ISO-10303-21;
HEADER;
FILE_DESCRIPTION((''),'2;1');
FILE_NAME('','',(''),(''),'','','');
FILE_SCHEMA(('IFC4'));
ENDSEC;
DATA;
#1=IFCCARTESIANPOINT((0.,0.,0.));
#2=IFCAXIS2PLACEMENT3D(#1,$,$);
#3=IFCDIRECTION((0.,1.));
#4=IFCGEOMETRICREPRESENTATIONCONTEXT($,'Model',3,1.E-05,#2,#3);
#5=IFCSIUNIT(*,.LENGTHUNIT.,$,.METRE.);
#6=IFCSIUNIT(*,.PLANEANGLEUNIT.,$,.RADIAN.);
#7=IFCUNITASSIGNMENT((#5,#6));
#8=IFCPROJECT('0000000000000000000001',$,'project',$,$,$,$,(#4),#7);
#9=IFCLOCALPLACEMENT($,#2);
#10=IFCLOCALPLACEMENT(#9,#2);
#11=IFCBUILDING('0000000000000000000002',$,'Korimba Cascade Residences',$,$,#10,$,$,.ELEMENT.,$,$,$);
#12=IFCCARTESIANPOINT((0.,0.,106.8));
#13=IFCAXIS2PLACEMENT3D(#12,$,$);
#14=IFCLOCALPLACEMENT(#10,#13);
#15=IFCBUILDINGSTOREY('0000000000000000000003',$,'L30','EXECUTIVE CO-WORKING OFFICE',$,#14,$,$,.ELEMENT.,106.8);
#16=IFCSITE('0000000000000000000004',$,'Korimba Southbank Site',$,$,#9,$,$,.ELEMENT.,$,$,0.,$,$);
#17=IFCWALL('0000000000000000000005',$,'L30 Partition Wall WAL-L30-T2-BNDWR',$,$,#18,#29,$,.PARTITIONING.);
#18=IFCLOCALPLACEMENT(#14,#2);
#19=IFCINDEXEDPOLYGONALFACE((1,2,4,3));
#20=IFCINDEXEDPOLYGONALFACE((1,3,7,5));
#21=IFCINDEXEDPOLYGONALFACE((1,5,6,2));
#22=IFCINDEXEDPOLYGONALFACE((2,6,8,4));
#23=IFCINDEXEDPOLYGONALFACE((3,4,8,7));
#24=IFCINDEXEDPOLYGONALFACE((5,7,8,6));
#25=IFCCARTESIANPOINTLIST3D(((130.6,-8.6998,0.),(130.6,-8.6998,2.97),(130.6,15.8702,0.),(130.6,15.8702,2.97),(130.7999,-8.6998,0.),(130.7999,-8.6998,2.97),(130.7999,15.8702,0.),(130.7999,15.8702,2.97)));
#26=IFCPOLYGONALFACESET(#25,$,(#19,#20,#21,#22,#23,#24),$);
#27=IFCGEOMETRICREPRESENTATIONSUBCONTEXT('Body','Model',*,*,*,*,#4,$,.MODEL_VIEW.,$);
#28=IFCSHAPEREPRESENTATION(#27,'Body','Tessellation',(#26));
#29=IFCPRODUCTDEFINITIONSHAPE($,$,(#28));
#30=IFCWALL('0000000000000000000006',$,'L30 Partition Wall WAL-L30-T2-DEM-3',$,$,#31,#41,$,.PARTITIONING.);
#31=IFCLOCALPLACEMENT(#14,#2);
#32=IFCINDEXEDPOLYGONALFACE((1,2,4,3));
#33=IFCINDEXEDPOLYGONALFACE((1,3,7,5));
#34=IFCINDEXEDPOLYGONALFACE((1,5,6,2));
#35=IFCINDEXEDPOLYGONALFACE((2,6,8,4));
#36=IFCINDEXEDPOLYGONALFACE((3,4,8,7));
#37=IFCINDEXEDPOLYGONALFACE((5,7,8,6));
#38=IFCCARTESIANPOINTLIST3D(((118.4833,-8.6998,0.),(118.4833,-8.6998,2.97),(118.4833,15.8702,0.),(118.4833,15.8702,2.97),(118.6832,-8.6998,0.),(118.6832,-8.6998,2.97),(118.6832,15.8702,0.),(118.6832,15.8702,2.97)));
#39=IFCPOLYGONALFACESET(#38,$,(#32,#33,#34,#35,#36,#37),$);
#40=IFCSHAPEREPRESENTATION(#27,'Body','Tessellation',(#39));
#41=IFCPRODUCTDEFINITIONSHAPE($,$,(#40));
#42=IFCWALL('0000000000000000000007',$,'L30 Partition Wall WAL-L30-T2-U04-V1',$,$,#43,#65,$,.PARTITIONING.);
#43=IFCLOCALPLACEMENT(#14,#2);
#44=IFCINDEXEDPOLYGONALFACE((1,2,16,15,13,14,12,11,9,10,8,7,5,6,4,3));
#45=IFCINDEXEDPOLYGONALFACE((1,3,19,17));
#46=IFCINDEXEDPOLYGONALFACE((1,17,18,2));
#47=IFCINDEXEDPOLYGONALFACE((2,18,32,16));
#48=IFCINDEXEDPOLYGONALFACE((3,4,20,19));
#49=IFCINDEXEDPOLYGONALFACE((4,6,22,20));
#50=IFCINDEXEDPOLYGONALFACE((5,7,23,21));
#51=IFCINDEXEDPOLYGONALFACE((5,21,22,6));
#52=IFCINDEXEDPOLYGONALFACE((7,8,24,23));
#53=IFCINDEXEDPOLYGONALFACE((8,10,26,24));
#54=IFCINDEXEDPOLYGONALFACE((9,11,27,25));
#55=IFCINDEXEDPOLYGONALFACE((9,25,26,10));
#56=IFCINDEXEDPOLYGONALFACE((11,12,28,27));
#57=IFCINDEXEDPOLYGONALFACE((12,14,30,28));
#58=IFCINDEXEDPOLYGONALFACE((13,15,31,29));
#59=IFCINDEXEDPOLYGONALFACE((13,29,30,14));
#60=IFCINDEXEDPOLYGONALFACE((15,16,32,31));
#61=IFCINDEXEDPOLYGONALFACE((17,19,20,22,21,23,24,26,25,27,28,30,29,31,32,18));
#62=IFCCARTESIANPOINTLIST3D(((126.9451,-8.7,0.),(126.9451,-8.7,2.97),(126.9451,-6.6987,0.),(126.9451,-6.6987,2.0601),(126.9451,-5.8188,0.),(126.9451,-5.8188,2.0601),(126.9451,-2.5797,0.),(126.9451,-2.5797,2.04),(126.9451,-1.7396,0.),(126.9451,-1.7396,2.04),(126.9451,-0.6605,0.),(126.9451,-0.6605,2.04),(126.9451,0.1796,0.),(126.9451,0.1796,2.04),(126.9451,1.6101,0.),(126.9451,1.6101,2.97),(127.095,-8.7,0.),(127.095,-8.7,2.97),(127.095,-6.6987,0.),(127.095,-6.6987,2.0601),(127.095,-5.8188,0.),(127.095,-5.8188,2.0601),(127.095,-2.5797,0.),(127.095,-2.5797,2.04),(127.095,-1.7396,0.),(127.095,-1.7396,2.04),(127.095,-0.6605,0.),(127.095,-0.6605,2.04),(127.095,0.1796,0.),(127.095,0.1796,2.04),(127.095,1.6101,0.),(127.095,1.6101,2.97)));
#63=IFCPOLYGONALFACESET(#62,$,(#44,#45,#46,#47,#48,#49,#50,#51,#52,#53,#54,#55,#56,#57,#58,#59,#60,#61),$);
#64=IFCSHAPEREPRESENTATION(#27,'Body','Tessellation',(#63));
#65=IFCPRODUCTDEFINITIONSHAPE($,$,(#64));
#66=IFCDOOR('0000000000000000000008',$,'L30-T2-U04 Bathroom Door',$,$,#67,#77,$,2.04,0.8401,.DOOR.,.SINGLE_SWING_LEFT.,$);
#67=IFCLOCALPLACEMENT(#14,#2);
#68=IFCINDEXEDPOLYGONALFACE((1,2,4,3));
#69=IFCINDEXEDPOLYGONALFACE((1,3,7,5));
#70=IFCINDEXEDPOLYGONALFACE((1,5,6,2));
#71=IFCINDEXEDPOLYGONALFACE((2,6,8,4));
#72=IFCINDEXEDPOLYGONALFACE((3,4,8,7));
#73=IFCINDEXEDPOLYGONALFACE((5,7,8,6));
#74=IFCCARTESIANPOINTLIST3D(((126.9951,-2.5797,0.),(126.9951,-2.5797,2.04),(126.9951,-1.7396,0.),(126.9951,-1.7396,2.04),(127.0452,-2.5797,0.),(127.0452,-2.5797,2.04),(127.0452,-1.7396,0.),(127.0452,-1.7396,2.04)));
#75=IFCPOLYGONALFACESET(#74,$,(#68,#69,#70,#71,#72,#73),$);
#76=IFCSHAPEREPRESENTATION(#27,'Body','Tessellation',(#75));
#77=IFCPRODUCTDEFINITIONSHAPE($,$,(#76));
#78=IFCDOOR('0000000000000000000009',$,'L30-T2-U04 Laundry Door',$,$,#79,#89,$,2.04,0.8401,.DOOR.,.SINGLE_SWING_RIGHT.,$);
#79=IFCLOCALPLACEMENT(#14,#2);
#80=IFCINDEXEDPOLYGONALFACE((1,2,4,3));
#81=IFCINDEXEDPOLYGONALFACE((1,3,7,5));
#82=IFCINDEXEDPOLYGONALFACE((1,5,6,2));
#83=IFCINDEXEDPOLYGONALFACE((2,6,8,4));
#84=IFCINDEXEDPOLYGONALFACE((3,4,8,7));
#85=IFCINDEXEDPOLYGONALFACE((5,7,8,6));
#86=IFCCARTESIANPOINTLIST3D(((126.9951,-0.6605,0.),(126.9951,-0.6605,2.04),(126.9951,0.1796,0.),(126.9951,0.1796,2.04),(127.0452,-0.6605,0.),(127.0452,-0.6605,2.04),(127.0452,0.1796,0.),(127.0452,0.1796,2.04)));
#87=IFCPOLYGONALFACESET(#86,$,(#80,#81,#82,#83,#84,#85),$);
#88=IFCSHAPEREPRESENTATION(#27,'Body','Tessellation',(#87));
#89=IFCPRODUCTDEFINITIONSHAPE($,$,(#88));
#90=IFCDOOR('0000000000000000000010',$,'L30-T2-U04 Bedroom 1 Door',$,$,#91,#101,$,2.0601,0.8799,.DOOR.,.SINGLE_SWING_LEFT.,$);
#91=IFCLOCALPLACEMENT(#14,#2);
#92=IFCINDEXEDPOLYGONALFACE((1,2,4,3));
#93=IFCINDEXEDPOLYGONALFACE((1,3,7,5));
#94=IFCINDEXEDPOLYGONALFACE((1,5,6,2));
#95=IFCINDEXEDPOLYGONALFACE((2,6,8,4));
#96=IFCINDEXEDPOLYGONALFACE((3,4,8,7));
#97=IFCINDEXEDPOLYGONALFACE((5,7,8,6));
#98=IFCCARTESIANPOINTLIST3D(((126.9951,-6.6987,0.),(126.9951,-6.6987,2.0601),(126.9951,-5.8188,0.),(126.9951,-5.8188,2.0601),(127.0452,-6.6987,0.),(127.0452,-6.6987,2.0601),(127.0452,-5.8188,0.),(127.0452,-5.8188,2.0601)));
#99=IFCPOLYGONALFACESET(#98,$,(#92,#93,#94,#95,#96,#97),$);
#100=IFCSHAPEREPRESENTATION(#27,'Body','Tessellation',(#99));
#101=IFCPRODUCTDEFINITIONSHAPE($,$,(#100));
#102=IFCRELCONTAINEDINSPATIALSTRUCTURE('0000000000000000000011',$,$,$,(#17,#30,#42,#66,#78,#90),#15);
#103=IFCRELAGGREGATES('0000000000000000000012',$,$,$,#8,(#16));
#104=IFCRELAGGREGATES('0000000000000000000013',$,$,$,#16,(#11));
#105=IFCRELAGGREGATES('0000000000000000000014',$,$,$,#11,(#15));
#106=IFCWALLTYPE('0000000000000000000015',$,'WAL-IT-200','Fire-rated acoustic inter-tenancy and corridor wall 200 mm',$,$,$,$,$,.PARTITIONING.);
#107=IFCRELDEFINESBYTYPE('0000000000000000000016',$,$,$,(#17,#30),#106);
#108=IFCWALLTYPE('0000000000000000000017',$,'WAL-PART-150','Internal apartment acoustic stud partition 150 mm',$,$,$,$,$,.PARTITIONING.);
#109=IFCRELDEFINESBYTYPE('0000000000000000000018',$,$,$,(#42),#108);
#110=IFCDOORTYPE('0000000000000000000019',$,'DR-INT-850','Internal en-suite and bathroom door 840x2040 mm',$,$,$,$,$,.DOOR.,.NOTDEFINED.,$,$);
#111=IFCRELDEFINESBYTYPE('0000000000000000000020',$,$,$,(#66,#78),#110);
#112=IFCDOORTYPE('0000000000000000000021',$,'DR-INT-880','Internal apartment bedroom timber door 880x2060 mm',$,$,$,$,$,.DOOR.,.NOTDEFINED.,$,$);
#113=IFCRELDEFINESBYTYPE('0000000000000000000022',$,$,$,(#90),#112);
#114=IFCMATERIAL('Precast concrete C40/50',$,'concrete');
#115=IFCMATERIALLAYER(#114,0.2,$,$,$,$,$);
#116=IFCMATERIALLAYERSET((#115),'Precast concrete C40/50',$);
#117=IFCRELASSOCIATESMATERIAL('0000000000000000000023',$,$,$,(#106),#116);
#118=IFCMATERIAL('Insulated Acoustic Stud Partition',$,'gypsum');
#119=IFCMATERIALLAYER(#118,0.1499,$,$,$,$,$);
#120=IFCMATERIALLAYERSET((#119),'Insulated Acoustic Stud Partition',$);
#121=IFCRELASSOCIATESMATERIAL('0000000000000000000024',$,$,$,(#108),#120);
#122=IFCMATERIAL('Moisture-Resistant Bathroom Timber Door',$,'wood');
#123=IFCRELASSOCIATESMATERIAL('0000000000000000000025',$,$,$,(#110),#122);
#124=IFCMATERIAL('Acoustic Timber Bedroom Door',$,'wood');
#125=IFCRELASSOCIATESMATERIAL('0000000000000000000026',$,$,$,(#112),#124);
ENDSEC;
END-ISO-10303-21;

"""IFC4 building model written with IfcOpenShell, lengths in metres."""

from ifc_helpers import new_model, si_unit, direction, frame, frame_2d, origin, place, context, subcontext, project, spatial, rectangle, extrude, material, layer, layer_set, type_object, element, fill, save


model = new_model("IFC4")

# Units and contexts
model_context = context("Model", 3, precision=1e-05, world=origin(), true_north=direction((0.0, 1.0)))
body_context = subcontext(model_context, "Body", "Model", "MODEL_VIEW")
ifc_project = project(units=[si_unit("LENGTHUNIT", "METRE"), si_unit("PLANEANGLEUNIT", "RADIAN")], contexts=[model_context])

# Site, building, storey
site_placement = place(None, origin())
site = spatial("IfcSite", under=ifc_project, at=site_placement, Name="Korimba Southbank Site", CompositionType="ELEMENT", RefElevation=0.0)
building_placement = place(site_placement, origin())
building = spatial("IfcBuilding", under=site, at=building_placement, Name="Korimba Cascade Residences", CompositionType="ELEMENT")
storey_placement = place(building_placement, frame((0.0, 0.0, 106.8)))
storey = spatial("IfcBuildingStorey", under=building, at=storey_placement, Name="L30", Description="EXECUTIVE CO-WORKING OFFICE", CompositionType="ELEMENT", Elevation=106.8)

# Shared definitions
ifc_material_1 = material(Name="Precast concrete C40/50", Category="concrete")

# Walls
ifc_layer_1 = layer(ifc_material_1, 0.2)
ifc_layer_set_1 = layer_set([ifc_layer_1], Name="Precast concrete C40/50")
wall_type_1 = type_object("IfcWallType", Name="WAL-IT-200", Description="Fire-rated acoustic inter-tenancy and corridor wall 200 mm", PredefinedType="PARTITIONING", material=ifc_layer_set_1)
for number, where, z_axis, x_axis, name in (
    (1, (130.7, -8.7, 0.0), (0.0, 0.0, 1.0), (0.0, 1.0, 0.0), "L30 Partition Wall WAL-L30-T2-BNDWR"),
    (2, (118.5833, -8.7, 0.0), (0.0, 0.0, 1.0), (0.0, 1.0, 0.0), "L30 Partition Wall WAL-L30-T2-DEM-3"),
):
    element("IfcWall", number, at=place(storey_placement, frame(where, z_axis=z_axis, x_axis=x_axis)), inside=storey, type_object=wall_type_1, Name=name, PredefinedType="PARTITIONING", context=body_context, shape_type="SweptSolid", body=[
        extrude(rectangle(XDim=24.5701, YDim=0.2, at=frame_2d((12.2852, 0.0))), origin(), (0.0, 0.0, 1.0), 2.97),
    ])

# Wall, openings, doors
ifc_material_2 = material(Name="Insulated Acoustic Stud Partition", Category="gypsum")
ifc_layer_2 = layer(ifc_material_2, 0.1499)
ifc_layer_set_2 = layer_set([ifc_layer_2], Name="Insulated Acoustic Stud Partition")
wall_type_2 = type_object("IfcWallType", Name="WAL-PART-150", Description="Internal apartment acoustic stud partition 150 mm", PredefinedType="PARTITIONING", material=ifc_layer_set_2)
wall_1_placement = place(storey_placement, frame((127.02, -8.7, 0.0), z_axis=(0.0, 0.0, 1.0), x_axis=(0.0, 1.0, 0.0)))
wall_1 = element("IfcWall", 3, at=wall_1_placement, inside=storey, type_object=wall_type_2, Name="L30 Partition Wall WAL-L30-T2-U04-V1", PredefinedType="PARTITIONING", context=body_context, shape_type="SweptSolid", body=[
    extrude(rectangle(XDim=10.3101, YDim=0.1499, at=frame_2d((5.155, 0.0))), origin(), (0.0, 0.0, 1.0), 2.97),
])
opening_1_placement = place(wall_1_placement, frame((6.1204, 0.0, 0.0)))
opening_1 = element("IfcOpeningElement", 4, at=opening_1_placement, cuts=wall_1, PredefinedType="OPENING", context=body_context, shape_type="SweptSolid", body=[
    extrude(rectangle(XDim=0.8401, YDim=2.04, at=frame_2d((0.4199, 1.02))), frame((0.0, 0.085, 0.0), z_axis=(0.0, -1.0, 0.0), x_axis=(1.0, 0.0, 0.0)), (0.0, 0.0, 1.0), 0.1699),
])
opening_2_placement = place(wall_1_placement, frame((8.0396, 0.0, 0.0)))
opening_2 = element("IfcOpeningElement", 5, at=opening_2_placement, cuts=wall_1, PredefinedType="OPENING", context=body_context, shape_type="SweptSolid", body=[
    extrude(rectangle(XDim=0.8401, YDim=2.04, at=frame_2d((0.4199, 1.02))), frame((0.0, 0.085, 0.0), z_axis=(0.0, -1.0, 0.0), x_axis=(1.0, 0.0, 0.0)), (0.0, 0.0, 1.0), 0.1699),
])
opening_3_placement = place(wall_1_placement, frame((2.0012, 0.0, 0.0)))
opening_3 = element("IfcOpeningElement", 6, at=opening_3_placement, cuts=wall_1, PredefinedType="OPENING", context=body_context, shape_type="SweptSolid", body=[
    extrude(rectangle(XDim=0.8799, YDim=2.0601, at=frame_2d((0.4399, 1.03))), frame((0.0, 0.085, 0.0), z_axis=(0.0, -1.0, 0.0), x_axis=(1.0, 0.0, 0.0)), (0.0, 0.0, 1.0), 0.1699),
])
ifc_material_3 = material(Name="Moisture-Resistant Bathroom Timber Door", Category="wood")
door_type_1 = type_object("IfcDoorType", Name="DR-INT-850", Description="Internal en-suite and bathroom door 840x2040 mm", OperationType="NOTDEFINED", PredefinedType="DOOR", material=ifc_material_3)
door_1_placement = place(opening_1_placement, origin())
door_1 = element("IfcDoor", 7, at=door_1_placement, inside=storey, type_object=door_type_1, Name="L30-T2-U04 Bathroom Door", OperationType="SINGLE_SWING_LEFT", OverallHeight=2.04, OverallWidth=0.8401, PredefinedType="DOOR", context=body_context, shape_type="SweptSolid", body=[
    extrude(rectangle(XDim=0.8401, YDim=2.04, at=frame_2d((0.4199, 1.02))), frame((0.0, 0.0249, 0.0), z_axis=(0.0, -1.0, 0.0), x_axis=(1.0, 0.0, 0.0)), (0.0, 0.0, 1.0), 0.05),
])
fill(opening_1, door_1)
door_2_placement = place(opening_2_placement, origin())
door_2 = element("IfcDoor", 8, at=door_2_placement, inside=storey, type_object=door_type_1, Name="L30-T2-U04 Laundry Door", OperationType="SINGLE_SWING_RIGHT", OverallHeight=2.04, OverallWidth=0.8401, PredefinedType="DOOR", context=body_context, shape_type="SweptSolid", body=[
    extrude(rectangle(XDim=0.8401, YDim=2.04, at=frame_2d((0.4199, 1.02))), frame((0.0, 0.0249, 0.0), z_axis=(0.0, -1.0, 0.0), x_axis=(1.0, 0.0, 0.0)), (0.0, 0.0, 1.0), 0.05),
])
fill(opening_2, door_2)
ifc_material_4 = material(Name="Acoustic Timber Bedroom Door", Category="wood")
door_type_2 = type_object("IfcDoorType", Name="DR-INT-880", Description="Internal apartment bedroom timber door 880x2060 mm", OperationType="NOTDEFINED", PredefinedType="DOOR", material=ifc_material_4)
door_3_placement = place(opening_3_placement, origin())
door_3 = element("IfcDoor", 9, at=door_3_placement, inside=storey, type_object=door_type_2, Name="L30-T2-U04 Bedroom 1 Door", OperationType="SINGLE_SWING_LEFT", OverallHeight=2.0601, OverallWidth=0.8799, PredefinedType="DOOR", context=body_context, shape_type="SweptSolid", body=[
    extrude(rectangle(XDim=0.8799, YDim=2.0601, at=frame_2d((0.4399, 1.03))), frame((0.0, 0.0249, 0.0), z_axis=(0.0, -1.0, 0.0), x_axis=(1.0, 0.0, 0.0)), (0.0, 0.0, 1.0), 0.05),
])
fill(opening_3, door_3)

save(model, "model.ifc")
